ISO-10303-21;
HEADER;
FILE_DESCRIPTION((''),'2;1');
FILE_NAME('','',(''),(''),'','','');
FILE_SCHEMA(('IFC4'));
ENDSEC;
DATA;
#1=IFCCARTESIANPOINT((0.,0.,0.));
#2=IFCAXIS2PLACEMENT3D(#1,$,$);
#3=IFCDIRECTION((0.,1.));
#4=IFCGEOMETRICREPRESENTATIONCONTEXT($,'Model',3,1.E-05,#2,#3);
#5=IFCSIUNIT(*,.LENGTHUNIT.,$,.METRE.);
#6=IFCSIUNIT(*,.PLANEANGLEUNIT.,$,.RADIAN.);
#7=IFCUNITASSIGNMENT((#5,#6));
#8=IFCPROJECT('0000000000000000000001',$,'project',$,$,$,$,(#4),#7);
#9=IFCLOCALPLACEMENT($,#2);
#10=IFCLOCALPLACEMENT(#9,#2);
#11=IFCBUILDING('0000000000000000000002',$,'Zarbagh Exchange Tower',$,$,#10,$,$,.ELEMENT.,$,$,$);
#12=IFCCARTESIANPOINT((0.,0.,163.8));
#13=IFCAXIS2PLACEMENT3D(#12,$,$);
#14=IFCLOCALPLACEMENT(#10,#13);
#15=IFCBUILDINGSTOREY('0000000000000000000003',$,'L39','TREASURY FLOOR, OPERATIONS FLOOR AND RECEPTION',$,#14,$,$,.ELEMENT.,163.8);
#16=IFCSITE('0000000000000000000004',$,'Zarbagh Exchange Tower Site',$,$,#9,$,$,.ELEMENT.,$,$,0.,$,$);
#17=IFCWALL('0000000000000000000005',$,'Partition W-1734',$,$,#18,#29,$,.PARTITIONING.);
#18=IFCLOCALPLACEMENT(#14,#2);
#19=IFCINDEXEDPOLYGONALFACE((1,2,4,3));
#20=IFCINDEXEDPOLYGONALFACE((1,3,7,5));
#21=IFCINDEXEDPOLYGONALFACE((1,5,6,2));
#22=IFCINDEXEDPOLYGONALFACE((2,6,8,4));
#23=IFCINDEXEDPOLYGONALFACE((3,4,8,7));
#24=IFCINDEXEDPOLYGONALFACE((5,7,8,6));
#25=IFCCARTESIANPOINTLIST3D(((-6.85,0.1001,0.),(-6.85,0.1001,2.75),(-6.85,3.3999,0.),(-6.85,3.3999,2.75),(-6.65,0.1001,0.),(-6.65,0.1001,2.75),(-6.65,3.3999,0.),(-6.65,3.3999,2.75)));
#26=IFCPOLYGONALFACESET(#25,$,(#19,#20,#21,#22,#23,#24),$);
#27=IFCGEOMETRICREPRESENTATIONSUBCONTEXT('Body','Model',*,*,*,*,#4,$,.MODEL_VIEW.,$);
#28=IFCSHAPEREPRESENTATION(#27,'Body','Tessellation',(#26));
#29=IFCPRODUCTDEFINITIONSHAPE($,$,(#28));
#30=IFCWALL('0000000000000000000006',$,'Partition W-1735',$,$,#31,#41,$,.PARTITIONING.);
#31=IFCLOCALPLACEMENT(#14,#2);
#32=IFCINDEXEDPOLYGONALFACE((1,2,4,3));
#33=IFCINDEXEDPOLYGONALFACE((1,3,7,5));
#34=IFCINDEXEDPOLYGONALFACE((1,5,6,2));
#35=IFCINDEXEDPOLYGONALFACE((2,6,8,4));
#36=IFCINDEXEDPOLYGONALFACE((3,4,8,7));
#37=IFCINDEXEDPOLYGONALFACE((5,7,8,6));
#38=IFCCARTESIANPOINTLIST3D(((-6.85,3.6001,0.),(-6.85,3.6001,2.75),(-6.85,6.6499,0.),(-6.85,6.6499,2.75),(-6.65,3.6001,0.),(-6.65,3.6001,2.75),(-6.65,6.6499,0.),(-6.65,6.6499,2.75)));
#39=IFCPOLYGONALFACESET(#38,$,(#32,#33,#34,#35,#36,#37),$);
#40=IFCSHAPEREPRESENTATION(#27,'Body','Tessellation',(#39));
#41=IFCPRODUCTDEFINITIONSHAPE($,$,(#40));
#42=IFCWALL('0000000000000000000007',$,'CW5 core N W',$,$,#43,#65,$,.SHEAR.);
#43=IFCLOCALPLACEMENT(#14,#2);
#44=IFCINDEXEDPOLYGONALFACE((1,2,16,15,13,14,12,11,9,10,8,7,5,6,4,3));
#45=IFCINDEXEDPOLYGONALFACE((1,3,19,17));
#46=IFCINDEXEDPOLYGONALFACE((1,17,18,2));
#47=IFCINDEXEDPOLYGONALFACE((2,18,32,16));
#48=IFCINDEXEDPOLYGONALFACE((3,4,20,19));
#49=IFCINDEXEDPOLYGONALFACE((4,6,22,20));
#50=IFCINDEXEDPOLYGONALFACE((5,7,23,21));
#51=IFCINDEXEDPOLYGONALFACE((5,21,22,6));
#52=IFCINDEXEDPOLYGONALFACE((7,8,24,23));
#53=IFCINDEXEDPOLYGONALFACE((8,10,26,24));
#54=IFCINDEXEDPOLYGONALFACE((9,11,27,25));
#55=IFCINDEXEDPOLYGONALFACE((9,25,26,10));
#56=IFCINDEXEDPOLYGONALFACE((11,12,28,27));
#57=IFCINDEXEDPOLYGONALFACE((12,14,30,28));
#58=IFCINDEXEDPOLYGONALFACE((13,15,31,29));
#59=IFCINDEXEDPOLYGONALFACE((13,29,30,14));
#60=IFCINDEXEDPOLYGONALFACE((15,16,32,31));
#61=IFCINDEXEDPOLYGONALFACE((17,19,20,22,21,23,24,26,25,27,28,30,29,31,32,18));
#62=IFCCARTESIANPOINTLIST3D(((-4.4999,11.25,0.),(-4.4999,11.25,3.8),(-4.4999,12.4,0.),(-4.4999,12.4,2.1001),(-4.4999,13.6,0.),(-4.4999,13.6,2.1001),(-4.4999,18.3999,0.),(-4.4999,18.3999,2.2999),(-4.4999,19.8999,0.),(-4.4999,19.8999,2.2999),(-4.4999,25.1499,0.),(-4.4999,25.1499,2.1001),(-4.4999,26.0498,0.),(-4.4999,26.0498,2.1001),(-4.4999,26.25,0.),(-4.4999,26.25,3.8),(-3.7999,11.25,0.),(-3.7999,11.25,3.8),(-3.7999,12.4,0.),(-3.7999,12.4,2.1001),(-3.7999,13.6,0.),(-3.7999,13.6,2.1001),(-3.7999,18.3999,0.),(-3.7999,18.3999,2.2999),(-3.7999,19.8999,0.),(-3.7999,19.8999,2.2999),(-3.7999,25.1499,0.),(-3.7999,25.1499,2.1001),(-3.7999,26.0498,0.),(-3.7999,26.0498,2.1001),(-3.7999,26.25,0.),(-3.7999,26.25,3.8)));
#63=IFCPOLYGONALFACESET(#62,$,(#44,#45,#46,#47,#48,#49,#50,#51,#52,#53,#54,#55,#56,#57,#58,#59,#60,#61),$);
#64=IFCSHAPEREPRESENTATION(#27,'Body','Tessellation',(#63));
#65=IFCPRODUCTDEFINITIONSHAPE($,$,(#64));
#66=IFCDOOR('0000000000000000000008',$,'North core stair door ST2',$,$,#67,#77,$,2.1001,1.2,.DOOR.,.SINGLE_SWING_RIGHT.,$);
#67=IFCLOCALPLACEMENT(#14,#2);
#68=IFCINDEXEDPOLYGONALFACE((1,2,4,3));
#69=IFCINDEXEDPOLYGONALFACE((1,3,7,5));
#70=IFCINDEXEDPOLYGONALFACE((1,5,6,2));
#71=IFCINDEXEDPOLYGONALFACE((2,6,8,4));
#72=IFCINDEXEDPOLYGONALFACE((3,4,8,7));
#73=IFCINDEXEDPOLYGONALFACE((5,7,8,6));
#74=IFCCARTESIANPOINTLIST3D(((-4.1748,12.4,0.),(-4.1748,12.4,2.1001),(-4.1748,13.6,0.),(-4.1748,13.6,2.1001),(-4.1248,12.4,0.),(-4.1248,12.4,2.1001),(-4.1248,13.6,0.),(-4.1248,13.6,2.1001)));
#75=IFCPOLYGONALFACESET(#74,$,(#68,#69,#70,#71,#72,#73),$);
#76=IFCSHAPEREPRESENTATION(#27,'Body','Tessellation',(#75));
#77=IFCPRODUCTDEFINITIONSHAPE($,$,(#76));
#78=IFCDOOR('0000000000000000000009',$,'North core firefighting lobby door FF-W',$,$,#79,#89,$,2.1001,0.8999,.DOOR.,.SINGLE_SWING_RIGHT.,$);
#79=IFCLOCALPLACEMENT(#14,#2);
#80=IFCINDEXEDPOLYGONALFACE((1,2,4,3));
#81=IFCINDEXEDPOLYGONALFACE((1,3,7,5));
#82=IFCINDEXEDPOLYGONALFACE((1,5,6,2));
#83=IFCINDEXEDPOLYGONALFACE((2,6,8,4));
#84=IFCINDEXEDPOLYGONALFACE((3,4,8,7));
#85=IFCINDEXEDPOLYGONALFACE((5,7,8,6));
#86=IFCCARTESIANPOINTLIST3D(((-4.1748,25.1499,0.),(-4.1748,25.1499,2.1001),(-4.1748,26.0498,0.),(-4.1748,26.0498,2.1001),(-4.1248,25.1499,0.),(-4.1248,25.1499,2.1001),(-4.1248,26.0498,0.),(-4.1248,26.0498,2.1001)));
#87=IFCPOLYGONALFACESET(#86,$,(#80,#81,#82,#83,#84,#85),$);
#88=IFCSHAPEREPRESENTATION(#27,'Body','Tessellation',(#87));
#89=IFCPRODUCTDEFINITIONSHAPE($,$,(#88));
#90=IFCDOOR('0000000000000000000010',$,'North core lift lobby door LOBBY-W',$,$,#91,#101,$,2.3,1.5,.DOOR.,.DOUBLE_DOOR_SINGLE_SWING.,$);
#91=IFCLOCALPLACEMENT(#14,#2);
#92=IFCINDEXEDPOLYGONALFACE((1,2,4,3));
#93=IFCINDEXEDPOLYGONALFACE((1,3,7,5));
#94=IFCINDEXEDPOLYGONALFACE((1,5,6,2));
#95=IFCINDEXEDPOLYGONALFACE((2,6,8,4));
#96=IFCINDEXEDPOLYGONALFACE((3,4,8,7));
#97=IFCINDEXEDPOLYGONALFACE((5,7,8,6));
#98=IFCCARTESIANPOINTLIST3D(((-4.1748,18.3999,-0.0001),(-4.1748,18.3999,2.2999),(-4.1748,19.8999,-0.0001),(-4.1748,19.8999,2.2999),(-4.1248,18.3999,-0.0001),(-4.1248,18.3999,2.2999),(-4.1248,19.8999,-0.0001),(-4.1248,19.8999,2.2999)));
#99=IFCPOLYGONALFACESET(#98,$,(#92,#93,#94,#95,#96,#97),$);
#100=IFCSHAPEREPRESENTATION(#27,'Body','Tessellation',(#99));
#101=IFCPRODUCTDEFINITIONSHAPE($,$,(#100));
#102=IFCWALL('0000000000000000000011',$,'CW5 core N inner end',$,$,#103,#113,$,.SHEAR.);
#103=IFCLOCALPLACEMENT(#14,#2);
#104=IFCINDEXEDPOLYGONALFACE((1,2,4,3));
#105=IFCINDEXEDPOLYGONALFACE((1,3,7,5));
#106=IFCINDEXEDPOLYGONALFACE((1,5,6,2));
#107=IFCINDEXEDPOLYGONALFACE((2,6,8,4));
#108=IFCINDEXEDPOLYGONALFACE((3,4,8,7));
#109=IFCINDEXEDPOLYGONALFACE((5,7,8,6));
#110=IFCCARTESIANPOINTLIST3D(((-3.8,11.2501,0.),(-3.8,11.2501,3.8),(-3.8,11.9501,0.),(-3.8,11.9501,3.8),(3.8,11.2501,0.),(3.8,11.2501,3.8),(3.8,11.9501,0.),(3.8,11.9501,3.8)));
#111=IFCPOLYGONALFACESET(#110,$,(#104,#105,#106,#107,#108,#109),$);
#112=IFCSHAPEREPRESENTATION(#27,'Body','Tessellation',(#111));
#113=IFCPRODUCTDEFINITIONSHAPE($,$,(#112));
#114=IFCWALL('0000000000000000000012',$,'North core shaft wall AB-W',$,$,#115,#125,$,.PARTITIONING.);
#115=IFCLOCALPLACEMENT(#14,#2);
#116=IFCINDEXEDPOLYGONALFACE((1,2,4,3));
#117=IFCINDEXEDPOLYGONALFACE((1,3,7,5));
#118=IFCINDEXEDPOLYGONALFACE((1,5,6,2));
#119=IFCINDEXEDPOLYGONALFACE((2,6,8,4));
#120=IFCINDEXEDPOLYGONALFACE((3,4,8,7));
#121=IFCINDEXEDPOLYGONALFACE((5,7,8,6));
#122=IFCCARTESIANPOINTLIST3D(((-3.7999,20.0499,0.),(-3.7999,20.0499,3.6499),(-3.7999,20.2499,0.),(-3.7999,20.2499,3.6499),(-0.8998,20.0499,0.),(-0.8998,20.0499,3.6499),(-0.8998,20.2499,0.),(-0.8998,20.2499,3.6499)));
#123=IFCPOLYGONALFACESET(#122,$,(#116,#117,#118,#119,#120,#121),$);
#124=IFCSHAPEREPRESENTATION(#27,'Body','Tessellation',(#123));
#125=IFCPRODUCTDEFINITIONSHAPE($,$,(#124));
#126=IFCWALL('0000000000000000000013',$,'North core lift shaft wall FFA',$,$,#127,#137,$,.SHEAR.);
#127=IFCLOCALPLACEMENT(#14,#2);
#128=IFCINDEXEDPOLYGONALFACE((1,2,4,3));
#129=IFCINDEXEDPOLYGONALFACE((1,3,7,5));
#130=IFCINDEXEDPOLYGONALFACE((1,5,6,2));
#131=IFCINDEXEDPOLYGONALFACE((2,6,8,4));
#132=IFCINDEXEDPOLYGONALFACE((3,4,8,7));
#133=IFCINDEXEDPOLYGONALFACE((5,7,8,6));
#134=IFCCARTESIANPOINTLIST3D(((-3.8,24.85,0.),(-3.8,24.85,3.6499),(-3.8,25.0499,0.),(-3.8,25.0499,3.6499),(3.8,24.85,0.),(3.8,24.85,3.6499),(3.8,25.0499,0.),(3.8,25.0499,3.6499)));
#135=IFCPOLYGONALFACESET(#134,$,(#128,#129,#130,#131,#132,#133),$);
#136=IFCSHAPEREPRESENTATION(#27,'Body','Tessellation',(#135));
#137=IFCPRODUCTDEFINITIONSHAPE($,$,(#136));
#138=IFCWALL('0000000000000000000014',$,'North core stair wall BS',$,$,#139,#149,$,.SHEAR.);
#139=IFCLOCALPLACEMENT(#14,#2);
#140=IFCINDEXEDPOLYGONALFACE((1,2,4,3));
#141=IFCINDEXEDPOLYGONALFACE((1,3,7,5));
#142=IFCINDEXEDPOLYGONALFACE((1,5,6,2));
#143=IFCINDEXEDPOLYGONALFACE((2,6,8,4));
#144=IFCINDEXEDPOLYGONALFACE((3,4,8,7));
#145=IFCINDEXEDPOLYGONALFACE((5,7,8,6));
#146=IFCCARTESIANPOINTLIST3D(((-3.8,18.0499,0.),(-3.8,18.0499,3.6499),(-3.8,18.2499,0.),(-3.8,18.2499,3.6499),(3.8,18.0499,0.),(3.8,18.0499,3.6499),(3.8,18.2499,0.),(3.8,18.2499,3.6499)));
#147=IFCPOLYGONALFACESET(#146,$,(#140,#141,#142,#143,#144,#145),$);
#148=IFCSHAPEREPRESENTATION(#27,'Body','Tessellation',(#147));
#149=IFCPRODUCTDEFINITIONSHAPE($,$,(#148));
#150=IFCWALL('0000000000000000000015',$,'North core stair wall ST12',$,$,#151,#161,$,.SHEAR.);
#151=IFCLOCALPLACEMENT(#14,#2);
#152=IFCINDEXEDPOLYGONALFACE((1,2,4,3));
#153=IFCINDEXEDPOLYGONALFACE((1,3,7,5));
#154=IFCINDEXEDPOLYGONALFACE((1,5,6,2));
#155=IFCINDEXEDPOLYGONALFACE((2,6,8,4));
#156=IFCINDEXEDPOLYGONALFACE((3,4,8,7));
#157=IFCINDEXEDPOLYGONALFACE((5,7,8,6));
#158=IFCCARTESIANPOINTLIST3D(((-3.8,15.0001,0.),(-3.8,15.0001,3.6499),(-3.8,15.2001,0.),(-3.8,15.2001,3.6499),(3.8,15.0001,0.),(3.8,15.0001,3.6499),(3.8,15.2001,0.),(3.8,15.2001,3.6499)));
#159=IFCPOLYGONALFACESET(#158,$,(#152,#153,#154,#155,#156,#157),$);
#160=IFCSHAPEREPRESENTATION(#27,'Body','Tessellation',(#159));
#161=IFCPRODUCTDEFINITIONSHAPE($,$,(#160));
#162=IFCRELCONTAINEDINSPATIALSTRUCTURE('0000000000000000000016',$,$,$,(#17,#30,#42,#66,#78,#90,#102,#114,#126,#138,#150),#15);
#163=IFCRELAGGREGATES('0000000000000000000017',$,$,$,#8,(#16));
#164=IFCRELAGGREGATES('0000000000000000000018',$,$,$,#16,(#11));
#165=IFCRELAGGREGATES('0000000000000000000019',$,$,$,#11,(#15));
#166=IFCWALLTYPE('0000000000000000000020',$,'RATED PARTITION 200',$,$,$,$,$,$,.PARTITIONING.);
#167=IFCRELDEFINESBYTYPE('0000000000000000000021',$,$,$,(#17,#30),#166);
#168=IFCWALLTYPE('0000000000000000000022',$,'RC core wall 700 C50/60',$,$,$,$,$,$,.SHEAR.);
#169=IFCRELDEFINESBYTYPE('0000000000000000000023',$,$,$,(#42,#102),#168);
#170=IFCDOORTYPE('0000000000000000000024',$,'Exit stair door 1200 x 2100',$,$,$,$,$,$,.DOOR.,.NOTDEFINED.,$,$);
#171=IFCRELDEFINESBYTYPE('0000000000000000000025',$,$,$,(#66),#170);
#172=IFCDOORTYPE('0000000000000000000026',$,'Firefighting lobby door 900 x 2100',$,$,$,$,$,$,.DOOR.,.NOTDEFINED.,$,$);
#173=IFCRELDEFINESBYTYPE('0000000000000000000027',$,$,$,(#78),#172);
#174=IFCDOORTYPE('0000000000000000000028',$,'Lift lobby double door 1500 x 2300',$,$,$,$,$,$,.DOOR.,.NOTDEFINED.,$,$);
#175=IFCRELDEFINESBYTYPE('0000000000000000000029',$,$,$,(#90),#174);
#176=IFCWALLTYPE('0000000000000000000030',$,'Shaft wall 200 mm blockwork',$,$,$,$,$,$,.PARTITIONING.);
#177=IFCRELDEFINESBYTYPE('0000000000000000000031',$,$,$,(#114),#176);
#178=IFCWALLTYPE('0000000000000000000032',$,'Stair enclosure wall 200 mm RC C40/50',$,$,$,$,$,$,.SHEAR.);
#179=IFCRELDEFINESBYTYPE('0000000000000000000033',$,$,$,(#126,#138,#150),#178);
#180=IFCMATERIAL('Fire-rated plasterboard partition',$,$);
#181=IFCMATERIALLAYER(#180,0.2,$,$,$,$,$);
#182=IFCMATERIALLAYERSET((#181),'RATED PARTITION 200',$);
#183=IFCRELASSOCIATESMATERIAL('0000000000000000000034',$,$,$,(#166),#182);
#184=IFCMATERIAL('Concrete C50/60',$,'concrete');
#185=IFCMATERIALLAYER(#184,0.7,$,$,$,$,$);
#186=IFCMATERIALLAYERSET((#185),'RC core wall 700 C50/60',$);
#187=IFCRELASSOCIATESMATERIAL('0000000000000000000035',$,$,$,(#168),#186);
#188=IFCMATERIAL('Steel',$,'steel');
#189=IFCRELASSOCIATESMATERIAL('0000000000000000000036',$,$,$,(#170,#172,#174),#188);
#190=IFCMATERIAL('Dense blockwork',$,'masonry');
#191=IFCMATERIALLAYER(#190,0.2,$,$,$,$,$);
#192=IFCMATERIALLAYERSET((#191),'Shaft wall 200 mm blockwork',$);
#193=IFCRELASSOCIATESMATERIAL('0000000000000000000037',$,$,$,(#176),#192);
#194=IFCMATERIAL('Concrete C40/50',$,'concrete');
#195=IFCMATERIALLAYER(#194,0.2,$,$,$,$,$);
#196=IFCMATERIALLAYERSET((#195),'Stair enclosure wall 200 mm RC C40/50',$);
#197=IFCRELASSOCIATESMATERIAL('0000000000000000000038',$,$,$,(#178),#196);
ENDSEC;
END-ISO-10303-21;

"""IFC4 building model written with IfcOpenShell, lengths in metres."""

from ifc_helpers import new_model, si_unit, direction, frame, frame_2d, origin, place, context, subcontext, project, spatial, rectangle, extrude, material, layer, layer_set, type_object, element, fill, save


model = new_model("IFC4")

# Units and contexts
model_context = context("Model", 3, precision=1e-05, world=origin(), true_north=direction((0.0, 1.0)))
body_context = subcontext(model_context, "Body", "Model", "MODEL_VIEW")
ifc_project = project(units=[si_unit("LENGTHUNIT", "METRE"), si_unit("PLANEANGLEUNIT", "RADIAN")], contexts=[model_context])

# Site, building, storey
site_placement = place(None, origin())
site = spatial("IfcSite", under=ifc_project, at=site_placement, Name="Zarbagh Exchange Tower Site", CompositionType="ELEMENT", RefElevation=0.0)
building_placement = place(site_placement, origin())
building = spatial("IfcBuilding", under=site, at=building_placement, Name="Zarbagh Exchange Tower", CompositionType="ELEMENT")
storey_placement = place(building_placement, frame((0.0, 0.0, 163.8)))
storey = spatial("IfcBuildingStorey", under=building, at=storey_placement, Name="L39", Description="TREASURY FLOOR, OPERATIONS FLOOR AND RECEPTION", CompositionType="ELEMENT", Elevation=163.8)

# Shared definitions
ifc_material_1 = material(Name="Concrete C50/60", Category="concrete")

# Walls
ifc_material_2 = material(Name="Dense blockwork", Category="masonry")
ifc_material_3 = material(Name="Fire-rated plasterboard partition")
ifc_layer_1 = layer(ifc_material_3, 0.2)
ifc_layer_set_1 = layer_set([ifc_layer_1], Name="RATED PARTITION 200")
wall_type_1 = type_object("IfcWallType", Name="RATED PARTITION 200", PredefinedType="PARTITIONING", material=ifc_layer_set_1)
wall_1_placement = place(storey_placement, frame((-6.75, 0.1001, 0.0), z_axis=(0.0, 0.0, 1.0), x_axis=(0.0, 1.0, 0.0)))
element("IfcWall", 1, at=wall_1_placement, inside=storey, type_object=wall_type_1, Name="Partition W-1734", PredefinedType="PARTITIONING", context=body_context, shape_type="SweptSolid", body=[
    extrude(rectangle(XDim=3.2998, YDim=0.2, at=frame_2d((1.6499, 0.0))), origin(), (0.0, 0.0, 1.0), 2.75),
])
wall_2_placement = place(storey_placement, frame((-6.75, 3.6001, 0.0), z_axis=(0.0, 0.0, 1.0), x_axis=(0.0, 1.0, 0.0)))
element("IfcWall", 2, at=wall_2_placement, inside=storey, type_object=wall_type_1, Name="Partition W-1735", PredefinedType="PARTITIONING", context=body_context, shape_type="SweptSolid", body=[
    extrude(rectangle(XDim=3.0498, YDim=0.2, at=frame_2d((1.5249, 0.0))), origin(), (0.0, 0.0, 1.0), 2.75),
])

# Wall, openings, doors
ifc_layer_2 = layer(ifc_material_1, 0.7)
ifc_layer_set_2 = layer_set([ifc_layer_2], Name="RC core wall 700 C50/60")
wall_type_2 = type_object("IfcWallType", Name="RC core wall 700 C50/60", PredefinedType="SHEAR", material=ifc_layer_set_2)
wall_3_placement = place(storey_placement, frame((-4.1499, 11.25, 0.0), z_axis=(0.0, 0.0, 1.0), x_axis=(0.0, 1.0, 0.0)))
wall_3 = element("IfcWall", 3, at=wall_3_placement, inside=storey, type_object=wall_type_2, Name="CW5 core N W", PredefinedType="SHEAR", context=body_context, shape_type="SweptSolid", body=[
    extrude(rectangle(XDim=15.0, YDim=0.7, at=frame_2d((7.5, 0.0))), origin(), (0.0, 0.0, 1.0), 3.8),
])
opening_1_placement = place(wall_3_placement, frame((7.1499, 0.0, 0.0)))
opening_1 = element("IfcOpeningElement", 4, at=opening_1_placement, cuts=wall_3, PredefinedType="OPENING", context=body_context, shape_type="SweptSolid", body=[
    extrude(rectangle(XDim=1.5, YDim=2.3, at=frame_2d((0.75, 1.1499))), frame((0.0, 0.3599, 0.0), z_axis=(0.0, -1.0, 0.0), x_axis=(1.0, 0.0, 0.0)), (0.0, 0.0, 1.0), 0.72),
])
opening_2_placement = place(wall_3_placement, frame((13.8999, 0.0, 0.0)))
opening_2 = element("IfcOpeningElement", 5, at=opening_2_placement, cuts=wall_3, PredefinedType="OPENING", context=body_context, shape_type="SweptSolid", body=[
    extrude(rectangle(XDim=0.8999, YDim=2.1001, at=frame_2d((0.45, 1.05))), frame((0.0, 0.3599, 0.0), z_axis=(0.0, -1.0, 0.0), x_axis=(1.0, 0.0, 0.0)), (0.0, 0.0, 1.0), 0.72),
])
opening_3_placement = place(wall_3_placement, frame((1.1499, 0.0, 0.0)))
opening_3 = element("IfcOpeningElement", 6, at=opening_3_placement, cuts=wall_3, PredefinedType="OPENING", context=body_context, shape_type="SweptSolid", body=[
    extrude(rectangle(XDim=1.2, YDim=2.1001, at=frame_2d((0.6001, 1.05))), frame((0.0, 0.3599, 0.0), z_axis=(0.0, -1.0, 0.0), x_axis=(1.0, 0.0, 0.0)), (0.0, 0.0, 1.0), 0.72),
])
ifc_material_4 = material(Name="Steel", Category="steel")
door_type_1 = type_object("IfcDoorType", Name="Exit stair door 1200 x 2100", OperationType="NOTDEFINED", PredefinedType="DOOR", material=ifc_material_4)
door_1_placement = place(opening_3_placement, origin())
door_1 = element("IfcDoor", 7, at=door_1_placement, inside=storey, type_object=door_type_1, Name="North core stair door ST2", OperationType="SINGLE_SWING_RIGHT", OverallHeight=2.1001, OverallWidth=1.2, PredefinedType="DOOR", context=body_context, shape_type="SweptSolid", body=[
    extrude(rectangle(XDim=1.2, YDim=2.1001, at=frame_2d((0.6001, 1.05))), frame((0.0, 0.0249, 0.0), z_axis=(0.0, -1.0, 0.0), x_axis=(1.0, 0.0, 0.0)), (0.0, 0.0, 1.0), 0.05),
])
fill(opening_3, door_1)
door_type_2 = type_object("IfcDoorType", Name="Firefighting lobby door 900 x 2100", OperationType="NOTDEFINED", PredefinedType="DOOR", material=ifc_material_4)
door_2_placement = place(opening_2_placement, origin())
door_2 = element("IfcDoor", 8, at=door_2_placement, inside=storey, type_object=door_type_2, Name="North core firefighting lobby door FF-W", OperationType="SINGLE_SWING_RIGHT", OverallHeight=2.1001, OverallWidth=0.8999, PredefinedType="DOOR", context=body_context, shape_type="SweptSolid", body=[
    extrude(rectangle(XDim=0.8999, YDim=2.1001, at=frame_2d((0.45, 1.05))), frame((0.0, 0.0249, 0.0), z_axis=(0.0, -1.0, 0.0), x_axis=(1.0, 0.0, 0.0)), (0.0, 0.0, 1.0), 0.05),
])
fill(opening_2, door_2)
door_type_3 = type_object("IfcDoorType", Name="Lift lobby double door 1500 x 2300", OperationType="NOTDEFINED", PredefinedType="DOOR", material=ifc_material_4)
door_3_placement = place(opening_1_placement, origin())
door_3 = element("IfcDoor", 9, at=door_3_placement, inside=storey, type_object=door_type_3, Name="North core lift lobby door LOBBY-W", OperationType="DOUBLE_DOOR_SINGLE_SWING", OverallHeight=2.3, OverallWidth=1.5, PredefinedType="DOOR", context=body_context, shape_type="SweptSolid", body=[
    extrude(rectangle(XDim=1.5, YDim=2.3, at=frame_2d((0.75, 1.1499))), frame((0.0, 0.0249, 0.0), z_axis=(0.0, -1.0, 0.0), x_axis=(1.0, 0.0, 0.0)), (0.0, 0.0, 1.0), 0.05),
])
fill(opening_1, door_3)

# Walls
wall_4_placement = place(storey_placement, frame((-3.8, 11.6001, 0.0), z_axis=(0.0, 0.0, 1.0), x_axis=(1.0, 0.0, 0.0)))
element("IfcWall", 10, at=wall_4_placement, inside=storey, type_object=wall_type_2, Name="CW5 core N inner end", PredefinedType="SHEAR", context=body_context, shape_type="SweptSolid", body=[
    extrude(rectangle(XDim=7.6001, YDim=0.7, at=frame_2d((3.8, 0.0))), origin(), (0.0, 0.0, 1.0), 3.8),
])
ifc_layer_3 = layer(ifc_material_2, 0.2)
ifc_layer_set_3 = layer_set([ifc_layer_3], Name="Shaft wall 200 mm blockwork")
wall_type_3 = type_object("IfcWallType", Name="Shaft wall 200 mm blockwork", PredefinedType="PARTITIONING", material=ifc_layer_set_3)
wall_5_placement = place(storey_placement, frame((-3.8, 20.1499, 0.0), z_axis=(0.0, 0.0, 1.0), x_axis=(1.0, 0.0, 0.0)))
element("IfcWall", 11, at=wall_5_placement, inside=storey, type_object=wall_type_3, Name="North core shaft wall AB-W", PredefinedType="PARTITIONING", context=body_context, shape_type="SweptSolid", body=[
    extrude(rectangle(XDim=2.9001, YDim=0.2, at=frame_2d((1.4502, 0.0))), origin(), (0.0, 0.0, 1.0), 3.6499),
])
ifc_material_5 = material(Name="Concrete C40/50", Category="concrete")
ifc_layer_4 = layer(ifc_material_5, 0.2)
ifc_layer_set_4 = layer_set([ifc_layer_4], Name="Stair enclosure wall 200 mm RC C40/50")
wall_type_4 = type_object("IfcWallType", Name="Stair enclosure wall 200 mm RC C40/50", PredefinedType="SHEAR", material=ifc_layer_set_4)
for number, where, z_axis, x_axis, name in (
    (12, (-3.8, 24.95, 0.0), (0.0, 0.0, 1.0), (1.0, 0.0, 0.0), "North core lift shaft wall FFA"),
    (13, (-3.8, 18.1499, 0.0), (0.0, 0.0, 1.0), (1.0, 0.0, 0.0), "North core stair wall BS"),
    (14, (-3.8, 15.1001, 0.0), (0.0, 0.0, 1.0), (1.0, 0.0, 0.0), "North core stair wall ST12"),
):
    element("IfcWall", number, at=place(storey_placement, frame(where, z_axis=z_axis, x_axis=x_axis)), inside=storey, type_object=wall_type_4, Name=name, PredefinedType="SHEAR", context=body_context, shape_type="SweptSolid", body=[
        extrude(rectangle(XDim=7.6001, YDim=0.2, at=frame_2d((3.8, 0.0))), origin(), (0.0, 0.0, 1.0), 3.6499),
    ])

save(model, "model.ifc")
